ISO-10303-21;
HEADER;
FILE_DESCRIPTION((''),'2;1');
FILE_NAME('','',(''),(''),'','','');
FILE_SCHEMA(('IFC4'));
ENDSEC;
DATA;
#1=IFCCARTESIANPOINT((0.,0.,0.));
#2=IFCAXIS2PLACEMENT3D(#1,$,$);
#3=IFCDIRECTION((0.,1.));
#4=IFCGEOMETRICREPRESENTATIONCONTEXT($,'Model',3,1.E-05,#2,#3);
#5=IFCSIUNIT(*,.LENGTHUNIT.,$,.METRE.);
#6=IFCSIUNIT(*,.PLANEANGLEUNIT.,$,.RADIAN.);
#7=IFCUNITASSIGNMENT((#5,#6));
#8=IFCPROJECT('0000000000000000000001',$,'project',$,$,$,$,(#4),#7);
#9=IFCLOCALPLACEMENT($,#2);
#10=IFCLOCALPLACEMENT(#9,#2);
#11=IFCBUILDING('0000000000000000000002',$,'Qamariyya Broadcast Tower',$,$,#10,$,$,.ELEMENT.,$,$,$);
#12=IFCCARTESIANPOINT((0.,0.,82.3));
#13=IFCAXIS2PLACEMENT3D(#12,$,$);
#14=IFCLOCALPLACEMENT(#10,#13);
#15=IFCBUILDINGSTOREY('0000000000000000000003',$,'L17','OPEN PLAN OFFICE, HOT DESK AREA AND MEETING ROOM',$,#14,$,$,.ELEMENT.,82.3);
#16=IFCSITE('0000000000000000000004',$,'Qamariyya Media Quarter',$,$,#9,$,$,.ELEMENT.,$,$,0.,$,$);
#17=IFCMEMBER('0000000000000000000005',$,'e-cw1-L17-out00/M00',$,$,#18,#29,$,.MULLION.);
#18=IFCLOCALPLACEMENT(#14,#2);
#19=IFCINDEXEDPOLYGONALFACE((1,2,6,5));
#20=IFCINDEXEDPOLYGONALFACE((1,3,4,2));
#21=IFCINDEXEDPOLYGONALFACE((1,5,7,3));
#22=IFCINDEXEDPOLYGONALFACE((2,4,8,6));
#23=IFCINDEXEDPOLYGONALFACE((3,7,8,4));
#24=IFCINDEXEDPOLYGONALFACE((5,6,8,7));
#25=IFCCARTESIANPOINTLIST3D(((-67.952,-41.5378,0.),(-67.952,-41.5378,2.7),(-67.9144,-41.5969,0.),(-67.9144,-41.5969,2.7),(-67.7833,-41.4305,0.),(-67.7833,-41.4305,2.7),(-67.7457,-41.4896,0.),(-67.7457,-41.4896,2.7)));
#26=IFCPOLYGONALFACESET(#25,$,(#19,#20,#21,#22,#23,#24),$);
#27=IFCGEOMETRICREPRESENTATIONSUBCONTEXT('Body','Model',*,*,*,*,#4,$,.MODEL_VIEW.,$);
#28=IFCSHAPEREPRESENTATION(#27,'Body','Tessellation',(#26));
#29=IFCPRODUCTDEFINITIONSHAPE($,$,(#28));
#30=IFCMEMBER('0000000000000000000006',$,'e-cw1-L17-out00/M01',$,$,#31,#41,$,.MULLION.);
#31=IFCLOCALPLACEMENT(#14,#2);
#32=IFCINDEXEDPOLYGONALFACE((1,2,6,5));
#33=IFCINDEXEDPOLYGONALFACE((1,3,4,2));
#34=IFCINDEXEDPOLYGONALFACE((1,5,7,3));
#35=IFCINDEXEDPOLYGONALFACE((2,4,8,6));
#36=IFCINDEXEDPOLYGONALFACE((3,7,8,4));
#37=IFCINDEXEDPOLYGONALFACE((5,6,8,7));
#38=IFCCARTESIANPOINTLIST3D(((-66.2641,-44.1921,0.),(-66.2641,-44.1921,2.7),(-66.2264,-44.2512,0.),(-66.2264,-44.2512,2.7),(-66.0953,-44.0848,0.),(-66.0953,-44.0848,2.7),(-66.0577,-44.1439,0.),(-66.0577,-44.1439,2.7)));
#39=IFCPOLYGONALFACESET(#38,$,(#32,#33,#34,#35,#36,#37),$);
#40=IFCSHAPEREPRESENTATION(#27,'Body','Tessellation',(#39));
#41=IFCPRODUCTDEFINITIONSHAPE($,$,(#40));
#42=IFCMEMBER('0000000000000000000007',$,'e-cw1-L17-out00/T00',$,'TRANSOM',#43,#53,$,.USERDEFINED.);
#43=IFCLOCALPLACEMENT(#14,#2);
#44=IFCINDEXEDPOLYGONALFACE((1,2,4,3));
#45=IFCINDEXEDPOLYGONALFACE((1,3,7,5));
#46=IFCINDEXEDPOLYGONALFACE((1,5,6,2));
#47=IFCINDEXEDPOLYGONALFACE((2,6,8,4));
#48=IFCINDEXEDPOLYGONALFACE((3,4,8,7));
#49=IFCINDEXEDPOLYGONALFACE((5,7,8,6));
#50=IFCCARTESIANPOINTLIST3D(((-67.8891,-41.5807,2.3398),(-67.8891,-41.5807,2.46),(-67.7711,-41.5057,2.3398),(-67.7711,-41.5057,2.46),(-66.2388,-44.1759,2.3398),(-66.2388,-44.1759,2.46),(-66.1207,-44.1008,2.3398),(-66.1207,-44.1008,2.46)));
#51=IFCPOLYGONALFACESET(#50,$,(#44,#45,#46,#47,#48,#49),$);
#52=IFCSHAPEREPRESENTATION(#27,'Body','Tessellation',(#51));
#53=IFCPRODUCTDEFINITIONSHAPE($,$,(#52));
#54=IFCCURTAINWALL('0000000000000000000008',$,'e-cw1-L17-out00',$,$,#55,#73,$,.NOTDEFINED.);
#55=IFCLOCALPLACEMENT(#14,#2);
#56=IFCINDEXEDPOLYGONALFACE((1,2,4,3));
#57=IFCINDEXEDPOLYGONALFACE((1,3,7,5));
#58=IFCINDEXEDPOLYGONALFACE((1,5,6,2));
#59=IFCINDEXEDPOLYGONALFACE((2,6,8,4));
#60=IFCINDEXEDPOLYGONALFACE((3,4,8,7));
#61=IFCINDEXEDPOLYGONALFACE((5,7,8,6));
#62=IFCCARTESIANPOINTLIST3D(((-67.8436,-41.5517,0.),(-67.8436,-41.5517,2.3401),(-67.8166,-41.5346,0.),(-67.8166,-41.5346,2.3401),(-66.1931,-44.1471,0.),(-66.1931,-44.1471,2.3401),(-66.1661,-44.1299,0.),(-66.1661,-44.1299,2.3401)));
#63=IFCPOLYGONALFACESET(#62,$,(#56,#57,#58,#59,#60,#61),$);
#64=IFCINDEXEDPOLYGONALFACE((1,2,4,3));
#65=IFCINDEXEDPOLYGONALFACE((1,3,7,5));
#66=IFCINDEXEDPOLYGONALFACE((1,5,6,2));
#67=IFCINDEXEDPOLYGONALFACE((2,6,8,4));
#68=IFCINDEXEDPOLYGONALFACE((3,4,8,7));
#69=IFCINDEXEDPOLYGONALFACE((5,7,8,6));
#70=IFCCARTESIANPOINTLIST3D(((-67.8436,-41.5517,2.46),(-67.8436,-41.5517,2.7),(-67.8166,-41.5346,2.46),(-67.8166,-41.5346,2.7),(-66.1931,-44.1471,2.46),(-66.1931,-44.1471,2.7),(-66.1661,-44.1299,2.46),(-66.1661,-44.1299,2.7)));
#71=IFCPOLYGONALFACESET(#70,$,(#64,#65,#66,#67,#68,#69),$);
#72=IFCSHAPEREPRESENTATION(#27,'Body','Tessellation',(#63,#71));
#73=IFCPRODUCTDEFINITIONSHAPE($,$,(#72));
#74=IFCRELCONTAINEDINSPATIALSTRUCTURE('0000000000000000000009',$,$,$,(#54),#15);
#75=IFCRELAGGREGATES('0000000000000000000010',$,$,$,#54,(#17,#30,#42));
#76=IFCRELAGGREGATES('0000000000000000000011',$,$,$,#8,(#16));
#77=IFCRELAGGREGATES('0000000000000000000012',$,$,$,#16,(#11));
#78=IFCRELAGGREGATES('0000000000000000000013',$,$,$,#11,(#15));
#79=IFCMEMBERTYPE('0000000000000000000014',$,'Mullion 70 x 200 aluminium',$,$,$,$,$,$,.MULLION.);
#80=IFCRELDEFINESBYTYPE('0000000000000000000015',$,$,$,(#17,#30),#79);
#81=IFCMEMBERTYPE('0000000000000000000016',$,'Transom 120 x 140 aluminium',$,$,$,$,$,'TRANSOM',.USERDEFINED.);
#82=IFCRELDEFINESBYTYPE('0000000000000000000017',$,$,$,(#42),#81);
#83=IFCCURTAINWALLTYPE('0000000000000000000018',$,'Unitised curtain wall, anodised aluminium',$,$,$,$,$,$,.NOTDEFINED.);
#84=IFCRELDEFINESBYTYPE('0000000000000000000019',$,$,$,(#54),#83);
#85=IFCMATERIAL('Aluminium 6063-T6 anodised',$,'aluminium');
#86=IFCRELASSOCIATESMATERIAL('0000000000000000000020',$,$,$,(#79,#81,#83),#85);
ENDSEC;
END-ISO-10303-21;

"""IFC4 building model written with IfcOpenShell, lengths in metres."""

from ifc_helpers import new_model, si_unit, direction, frame, origin, origin_2d, place, context, subcontext, project, spatial, rectangle, extrude, material, material_profile, profile_set, type_object, element, aggregate, save


model = new_model("IFC4")

# Units and contexts
model_context = context("Model", 3, precision=1e-05, world=origin(), true_north=direction((0.0, 1.0)))
body_context = subcontext(model_context, "Body", "Model", "MODEL_VIEW")
ifc_project = project(units=[si_unit("LENGTHUNIT", "METRE"), si_unit("PLANEANGLEUNIT", "RADIAN")], contexts=[model_context])

# Members
ifc_material_1 = material(Name="Aluminium 6063-T6 anodised", Category="aluminium")
ifc_material_profile_1 = material_profile(ifc_material_1, rectangle(XDim=0.2, YDim=0.0701, at=origin_2d()))
ifc_profile_set_1 = profile_set([ifc_material_profile_1], Name="Aluminium 6063-T6 anodised")
member_type_1 = type_object("IfcMemberType", Name="Mullion 70 x 200 aluminium", PredefinedType="MULLION", material=ifc_profile_set_1)
site_placement = place(None, origin())
building_placement = place(site_placement, origin())
storey_placement = place(building_placement, frame((0.0, 0.0, 82.3)))
member_1_placement = place(storey_placement, frame((-67.8489, -41.5137, 0.0), z_axis=(0.0, 0.0, 1.0), x_axis=(0.843814, 0.536635, 0.0)))
member_1 = element("IfcMember", 1, at=member_1_placement, type_object=member_type_1, Name="e-cw1-L17-out00/M00", PredefinedType="MULLION", context=body_context, shape_type="SweptSolid", body=[
    extrude(rectangle(XDim=0.2, YDim=0.0701, at=origin_2d()), origin(), (0.0, 0.0, 1.0), 2.7),
])
member_2_placement = place(storey_placement, frame((-66.1609, -44.168, 0.0), z_axis=(0.0, 0.0, 1.0), x_axis=(0.843814, 0.536635, 0.0)))
member_2 = element("IfcMember", 2, at=member_2_placement, type_object=member_type_1, Name="e-cw1-L17-out00/M01", PredefinedType="MULLION", context=body_context, shape_type="SweptSolid", body=[
    extrude(rectangle(XDim=0.2, YDim=0.0701, at=origin_2d()), origin(), (0.0, 0.0, 1.0), 2.7),
])
ifc_material_profile_2 = material_profile(ifc_material_1, rectangle(XDim=0.1399, YDim=0.1201, at=origin_2d()))
ifc_profile_set_2 = profile_set([ifc_material_profile_2], Name="Aluminium 6063-T6 anodised")
member_type_2 = type_object("IfcMemberType", Name="Transom 120 x 140 aluminium", ElementType="TRANSOM", PredefinedType="USERDEFINED", material=ifc_profile_set_2)
member_3_placement = place(storey_placement, frame((-67.8301, -41.5432, 2.3999), z_axis=(0.536619, -0.843825, 0.0), x_axis=(0.843825, 0.536619, 0.0)))
member_3 = element("IfcMember", 3, at=member_3_placement, type_object=member_type_2, Name="e-cw1-L17-out00/T00", ObjectType="TRANSOM", PredefinedType="USERDEFINED", context=body_context, shape_type="SweptSolid", body=[
    extrude(rectangle(XDim=0.1399, YDim=0.1201, at=origin_2d()), origin(), (0.0, 0.0, 1.0), 3.0754),
])

# Site, building, storey
site = spatial("IfcSite", under=ifc_project, at=site_placement, Name="Qamariyya Media Quarter", CompositionType="ELEMENT", RefElevation=0.0)
building = spatial("IfcBuilding", under=site, at=building_placement, Name="Qamariyya Broadcast Tower", CompositionType="ELEMENT")
storey = spatial("IfcBuildingStorey", under=building, at=storey_placement, Name="L17", Description="OPEN PLAN OFFICE, HOT DESK AREA AND MEETING ROOM", CompositionType="ELEMENT", Elevation=82.3)

# Curtain wall
curtain_wall_type = type_object("IfcCurtainWallType", Name="Unitised curtain wall, anodised aluminium", PredefinedType="NOTDEFINED", material=ifc_material_1)
curtain_wall_1_placement = place(storey_placement, origin())
curtain_wall_1 = element("IfcCurtainWall", 4, at=curtain_wall_1_placement, inside=storey, type_object=curtain_wall_type, Name="e-cw1-L17-out00", PredefinedType="NOTDEFINED", context=body_context, shape_type="SweptSolid", body=[
    extrude(rectangle(XDim=3.0757, YDim=0.032, at=origin_2d()), frame((-67.0049, -42.8408, 0.0), x_axis=(0.53663, -0.843818, 0.0)), (0.0, 0.0, 1.0), 2.3401),
    extrude(rectangle(XDim=3.0757, YDim=0.032, at=origin_2d()), frame((-67.0049, -42.8408, 2.46), x_axis=(0.53663, -0.843818, 0.0)), (0.0, 0.0, 1.0), 0.24),
])
aggregate(curtain_wall_1, [member_1, member_2, member_3])

save(model, "model.ifc")
